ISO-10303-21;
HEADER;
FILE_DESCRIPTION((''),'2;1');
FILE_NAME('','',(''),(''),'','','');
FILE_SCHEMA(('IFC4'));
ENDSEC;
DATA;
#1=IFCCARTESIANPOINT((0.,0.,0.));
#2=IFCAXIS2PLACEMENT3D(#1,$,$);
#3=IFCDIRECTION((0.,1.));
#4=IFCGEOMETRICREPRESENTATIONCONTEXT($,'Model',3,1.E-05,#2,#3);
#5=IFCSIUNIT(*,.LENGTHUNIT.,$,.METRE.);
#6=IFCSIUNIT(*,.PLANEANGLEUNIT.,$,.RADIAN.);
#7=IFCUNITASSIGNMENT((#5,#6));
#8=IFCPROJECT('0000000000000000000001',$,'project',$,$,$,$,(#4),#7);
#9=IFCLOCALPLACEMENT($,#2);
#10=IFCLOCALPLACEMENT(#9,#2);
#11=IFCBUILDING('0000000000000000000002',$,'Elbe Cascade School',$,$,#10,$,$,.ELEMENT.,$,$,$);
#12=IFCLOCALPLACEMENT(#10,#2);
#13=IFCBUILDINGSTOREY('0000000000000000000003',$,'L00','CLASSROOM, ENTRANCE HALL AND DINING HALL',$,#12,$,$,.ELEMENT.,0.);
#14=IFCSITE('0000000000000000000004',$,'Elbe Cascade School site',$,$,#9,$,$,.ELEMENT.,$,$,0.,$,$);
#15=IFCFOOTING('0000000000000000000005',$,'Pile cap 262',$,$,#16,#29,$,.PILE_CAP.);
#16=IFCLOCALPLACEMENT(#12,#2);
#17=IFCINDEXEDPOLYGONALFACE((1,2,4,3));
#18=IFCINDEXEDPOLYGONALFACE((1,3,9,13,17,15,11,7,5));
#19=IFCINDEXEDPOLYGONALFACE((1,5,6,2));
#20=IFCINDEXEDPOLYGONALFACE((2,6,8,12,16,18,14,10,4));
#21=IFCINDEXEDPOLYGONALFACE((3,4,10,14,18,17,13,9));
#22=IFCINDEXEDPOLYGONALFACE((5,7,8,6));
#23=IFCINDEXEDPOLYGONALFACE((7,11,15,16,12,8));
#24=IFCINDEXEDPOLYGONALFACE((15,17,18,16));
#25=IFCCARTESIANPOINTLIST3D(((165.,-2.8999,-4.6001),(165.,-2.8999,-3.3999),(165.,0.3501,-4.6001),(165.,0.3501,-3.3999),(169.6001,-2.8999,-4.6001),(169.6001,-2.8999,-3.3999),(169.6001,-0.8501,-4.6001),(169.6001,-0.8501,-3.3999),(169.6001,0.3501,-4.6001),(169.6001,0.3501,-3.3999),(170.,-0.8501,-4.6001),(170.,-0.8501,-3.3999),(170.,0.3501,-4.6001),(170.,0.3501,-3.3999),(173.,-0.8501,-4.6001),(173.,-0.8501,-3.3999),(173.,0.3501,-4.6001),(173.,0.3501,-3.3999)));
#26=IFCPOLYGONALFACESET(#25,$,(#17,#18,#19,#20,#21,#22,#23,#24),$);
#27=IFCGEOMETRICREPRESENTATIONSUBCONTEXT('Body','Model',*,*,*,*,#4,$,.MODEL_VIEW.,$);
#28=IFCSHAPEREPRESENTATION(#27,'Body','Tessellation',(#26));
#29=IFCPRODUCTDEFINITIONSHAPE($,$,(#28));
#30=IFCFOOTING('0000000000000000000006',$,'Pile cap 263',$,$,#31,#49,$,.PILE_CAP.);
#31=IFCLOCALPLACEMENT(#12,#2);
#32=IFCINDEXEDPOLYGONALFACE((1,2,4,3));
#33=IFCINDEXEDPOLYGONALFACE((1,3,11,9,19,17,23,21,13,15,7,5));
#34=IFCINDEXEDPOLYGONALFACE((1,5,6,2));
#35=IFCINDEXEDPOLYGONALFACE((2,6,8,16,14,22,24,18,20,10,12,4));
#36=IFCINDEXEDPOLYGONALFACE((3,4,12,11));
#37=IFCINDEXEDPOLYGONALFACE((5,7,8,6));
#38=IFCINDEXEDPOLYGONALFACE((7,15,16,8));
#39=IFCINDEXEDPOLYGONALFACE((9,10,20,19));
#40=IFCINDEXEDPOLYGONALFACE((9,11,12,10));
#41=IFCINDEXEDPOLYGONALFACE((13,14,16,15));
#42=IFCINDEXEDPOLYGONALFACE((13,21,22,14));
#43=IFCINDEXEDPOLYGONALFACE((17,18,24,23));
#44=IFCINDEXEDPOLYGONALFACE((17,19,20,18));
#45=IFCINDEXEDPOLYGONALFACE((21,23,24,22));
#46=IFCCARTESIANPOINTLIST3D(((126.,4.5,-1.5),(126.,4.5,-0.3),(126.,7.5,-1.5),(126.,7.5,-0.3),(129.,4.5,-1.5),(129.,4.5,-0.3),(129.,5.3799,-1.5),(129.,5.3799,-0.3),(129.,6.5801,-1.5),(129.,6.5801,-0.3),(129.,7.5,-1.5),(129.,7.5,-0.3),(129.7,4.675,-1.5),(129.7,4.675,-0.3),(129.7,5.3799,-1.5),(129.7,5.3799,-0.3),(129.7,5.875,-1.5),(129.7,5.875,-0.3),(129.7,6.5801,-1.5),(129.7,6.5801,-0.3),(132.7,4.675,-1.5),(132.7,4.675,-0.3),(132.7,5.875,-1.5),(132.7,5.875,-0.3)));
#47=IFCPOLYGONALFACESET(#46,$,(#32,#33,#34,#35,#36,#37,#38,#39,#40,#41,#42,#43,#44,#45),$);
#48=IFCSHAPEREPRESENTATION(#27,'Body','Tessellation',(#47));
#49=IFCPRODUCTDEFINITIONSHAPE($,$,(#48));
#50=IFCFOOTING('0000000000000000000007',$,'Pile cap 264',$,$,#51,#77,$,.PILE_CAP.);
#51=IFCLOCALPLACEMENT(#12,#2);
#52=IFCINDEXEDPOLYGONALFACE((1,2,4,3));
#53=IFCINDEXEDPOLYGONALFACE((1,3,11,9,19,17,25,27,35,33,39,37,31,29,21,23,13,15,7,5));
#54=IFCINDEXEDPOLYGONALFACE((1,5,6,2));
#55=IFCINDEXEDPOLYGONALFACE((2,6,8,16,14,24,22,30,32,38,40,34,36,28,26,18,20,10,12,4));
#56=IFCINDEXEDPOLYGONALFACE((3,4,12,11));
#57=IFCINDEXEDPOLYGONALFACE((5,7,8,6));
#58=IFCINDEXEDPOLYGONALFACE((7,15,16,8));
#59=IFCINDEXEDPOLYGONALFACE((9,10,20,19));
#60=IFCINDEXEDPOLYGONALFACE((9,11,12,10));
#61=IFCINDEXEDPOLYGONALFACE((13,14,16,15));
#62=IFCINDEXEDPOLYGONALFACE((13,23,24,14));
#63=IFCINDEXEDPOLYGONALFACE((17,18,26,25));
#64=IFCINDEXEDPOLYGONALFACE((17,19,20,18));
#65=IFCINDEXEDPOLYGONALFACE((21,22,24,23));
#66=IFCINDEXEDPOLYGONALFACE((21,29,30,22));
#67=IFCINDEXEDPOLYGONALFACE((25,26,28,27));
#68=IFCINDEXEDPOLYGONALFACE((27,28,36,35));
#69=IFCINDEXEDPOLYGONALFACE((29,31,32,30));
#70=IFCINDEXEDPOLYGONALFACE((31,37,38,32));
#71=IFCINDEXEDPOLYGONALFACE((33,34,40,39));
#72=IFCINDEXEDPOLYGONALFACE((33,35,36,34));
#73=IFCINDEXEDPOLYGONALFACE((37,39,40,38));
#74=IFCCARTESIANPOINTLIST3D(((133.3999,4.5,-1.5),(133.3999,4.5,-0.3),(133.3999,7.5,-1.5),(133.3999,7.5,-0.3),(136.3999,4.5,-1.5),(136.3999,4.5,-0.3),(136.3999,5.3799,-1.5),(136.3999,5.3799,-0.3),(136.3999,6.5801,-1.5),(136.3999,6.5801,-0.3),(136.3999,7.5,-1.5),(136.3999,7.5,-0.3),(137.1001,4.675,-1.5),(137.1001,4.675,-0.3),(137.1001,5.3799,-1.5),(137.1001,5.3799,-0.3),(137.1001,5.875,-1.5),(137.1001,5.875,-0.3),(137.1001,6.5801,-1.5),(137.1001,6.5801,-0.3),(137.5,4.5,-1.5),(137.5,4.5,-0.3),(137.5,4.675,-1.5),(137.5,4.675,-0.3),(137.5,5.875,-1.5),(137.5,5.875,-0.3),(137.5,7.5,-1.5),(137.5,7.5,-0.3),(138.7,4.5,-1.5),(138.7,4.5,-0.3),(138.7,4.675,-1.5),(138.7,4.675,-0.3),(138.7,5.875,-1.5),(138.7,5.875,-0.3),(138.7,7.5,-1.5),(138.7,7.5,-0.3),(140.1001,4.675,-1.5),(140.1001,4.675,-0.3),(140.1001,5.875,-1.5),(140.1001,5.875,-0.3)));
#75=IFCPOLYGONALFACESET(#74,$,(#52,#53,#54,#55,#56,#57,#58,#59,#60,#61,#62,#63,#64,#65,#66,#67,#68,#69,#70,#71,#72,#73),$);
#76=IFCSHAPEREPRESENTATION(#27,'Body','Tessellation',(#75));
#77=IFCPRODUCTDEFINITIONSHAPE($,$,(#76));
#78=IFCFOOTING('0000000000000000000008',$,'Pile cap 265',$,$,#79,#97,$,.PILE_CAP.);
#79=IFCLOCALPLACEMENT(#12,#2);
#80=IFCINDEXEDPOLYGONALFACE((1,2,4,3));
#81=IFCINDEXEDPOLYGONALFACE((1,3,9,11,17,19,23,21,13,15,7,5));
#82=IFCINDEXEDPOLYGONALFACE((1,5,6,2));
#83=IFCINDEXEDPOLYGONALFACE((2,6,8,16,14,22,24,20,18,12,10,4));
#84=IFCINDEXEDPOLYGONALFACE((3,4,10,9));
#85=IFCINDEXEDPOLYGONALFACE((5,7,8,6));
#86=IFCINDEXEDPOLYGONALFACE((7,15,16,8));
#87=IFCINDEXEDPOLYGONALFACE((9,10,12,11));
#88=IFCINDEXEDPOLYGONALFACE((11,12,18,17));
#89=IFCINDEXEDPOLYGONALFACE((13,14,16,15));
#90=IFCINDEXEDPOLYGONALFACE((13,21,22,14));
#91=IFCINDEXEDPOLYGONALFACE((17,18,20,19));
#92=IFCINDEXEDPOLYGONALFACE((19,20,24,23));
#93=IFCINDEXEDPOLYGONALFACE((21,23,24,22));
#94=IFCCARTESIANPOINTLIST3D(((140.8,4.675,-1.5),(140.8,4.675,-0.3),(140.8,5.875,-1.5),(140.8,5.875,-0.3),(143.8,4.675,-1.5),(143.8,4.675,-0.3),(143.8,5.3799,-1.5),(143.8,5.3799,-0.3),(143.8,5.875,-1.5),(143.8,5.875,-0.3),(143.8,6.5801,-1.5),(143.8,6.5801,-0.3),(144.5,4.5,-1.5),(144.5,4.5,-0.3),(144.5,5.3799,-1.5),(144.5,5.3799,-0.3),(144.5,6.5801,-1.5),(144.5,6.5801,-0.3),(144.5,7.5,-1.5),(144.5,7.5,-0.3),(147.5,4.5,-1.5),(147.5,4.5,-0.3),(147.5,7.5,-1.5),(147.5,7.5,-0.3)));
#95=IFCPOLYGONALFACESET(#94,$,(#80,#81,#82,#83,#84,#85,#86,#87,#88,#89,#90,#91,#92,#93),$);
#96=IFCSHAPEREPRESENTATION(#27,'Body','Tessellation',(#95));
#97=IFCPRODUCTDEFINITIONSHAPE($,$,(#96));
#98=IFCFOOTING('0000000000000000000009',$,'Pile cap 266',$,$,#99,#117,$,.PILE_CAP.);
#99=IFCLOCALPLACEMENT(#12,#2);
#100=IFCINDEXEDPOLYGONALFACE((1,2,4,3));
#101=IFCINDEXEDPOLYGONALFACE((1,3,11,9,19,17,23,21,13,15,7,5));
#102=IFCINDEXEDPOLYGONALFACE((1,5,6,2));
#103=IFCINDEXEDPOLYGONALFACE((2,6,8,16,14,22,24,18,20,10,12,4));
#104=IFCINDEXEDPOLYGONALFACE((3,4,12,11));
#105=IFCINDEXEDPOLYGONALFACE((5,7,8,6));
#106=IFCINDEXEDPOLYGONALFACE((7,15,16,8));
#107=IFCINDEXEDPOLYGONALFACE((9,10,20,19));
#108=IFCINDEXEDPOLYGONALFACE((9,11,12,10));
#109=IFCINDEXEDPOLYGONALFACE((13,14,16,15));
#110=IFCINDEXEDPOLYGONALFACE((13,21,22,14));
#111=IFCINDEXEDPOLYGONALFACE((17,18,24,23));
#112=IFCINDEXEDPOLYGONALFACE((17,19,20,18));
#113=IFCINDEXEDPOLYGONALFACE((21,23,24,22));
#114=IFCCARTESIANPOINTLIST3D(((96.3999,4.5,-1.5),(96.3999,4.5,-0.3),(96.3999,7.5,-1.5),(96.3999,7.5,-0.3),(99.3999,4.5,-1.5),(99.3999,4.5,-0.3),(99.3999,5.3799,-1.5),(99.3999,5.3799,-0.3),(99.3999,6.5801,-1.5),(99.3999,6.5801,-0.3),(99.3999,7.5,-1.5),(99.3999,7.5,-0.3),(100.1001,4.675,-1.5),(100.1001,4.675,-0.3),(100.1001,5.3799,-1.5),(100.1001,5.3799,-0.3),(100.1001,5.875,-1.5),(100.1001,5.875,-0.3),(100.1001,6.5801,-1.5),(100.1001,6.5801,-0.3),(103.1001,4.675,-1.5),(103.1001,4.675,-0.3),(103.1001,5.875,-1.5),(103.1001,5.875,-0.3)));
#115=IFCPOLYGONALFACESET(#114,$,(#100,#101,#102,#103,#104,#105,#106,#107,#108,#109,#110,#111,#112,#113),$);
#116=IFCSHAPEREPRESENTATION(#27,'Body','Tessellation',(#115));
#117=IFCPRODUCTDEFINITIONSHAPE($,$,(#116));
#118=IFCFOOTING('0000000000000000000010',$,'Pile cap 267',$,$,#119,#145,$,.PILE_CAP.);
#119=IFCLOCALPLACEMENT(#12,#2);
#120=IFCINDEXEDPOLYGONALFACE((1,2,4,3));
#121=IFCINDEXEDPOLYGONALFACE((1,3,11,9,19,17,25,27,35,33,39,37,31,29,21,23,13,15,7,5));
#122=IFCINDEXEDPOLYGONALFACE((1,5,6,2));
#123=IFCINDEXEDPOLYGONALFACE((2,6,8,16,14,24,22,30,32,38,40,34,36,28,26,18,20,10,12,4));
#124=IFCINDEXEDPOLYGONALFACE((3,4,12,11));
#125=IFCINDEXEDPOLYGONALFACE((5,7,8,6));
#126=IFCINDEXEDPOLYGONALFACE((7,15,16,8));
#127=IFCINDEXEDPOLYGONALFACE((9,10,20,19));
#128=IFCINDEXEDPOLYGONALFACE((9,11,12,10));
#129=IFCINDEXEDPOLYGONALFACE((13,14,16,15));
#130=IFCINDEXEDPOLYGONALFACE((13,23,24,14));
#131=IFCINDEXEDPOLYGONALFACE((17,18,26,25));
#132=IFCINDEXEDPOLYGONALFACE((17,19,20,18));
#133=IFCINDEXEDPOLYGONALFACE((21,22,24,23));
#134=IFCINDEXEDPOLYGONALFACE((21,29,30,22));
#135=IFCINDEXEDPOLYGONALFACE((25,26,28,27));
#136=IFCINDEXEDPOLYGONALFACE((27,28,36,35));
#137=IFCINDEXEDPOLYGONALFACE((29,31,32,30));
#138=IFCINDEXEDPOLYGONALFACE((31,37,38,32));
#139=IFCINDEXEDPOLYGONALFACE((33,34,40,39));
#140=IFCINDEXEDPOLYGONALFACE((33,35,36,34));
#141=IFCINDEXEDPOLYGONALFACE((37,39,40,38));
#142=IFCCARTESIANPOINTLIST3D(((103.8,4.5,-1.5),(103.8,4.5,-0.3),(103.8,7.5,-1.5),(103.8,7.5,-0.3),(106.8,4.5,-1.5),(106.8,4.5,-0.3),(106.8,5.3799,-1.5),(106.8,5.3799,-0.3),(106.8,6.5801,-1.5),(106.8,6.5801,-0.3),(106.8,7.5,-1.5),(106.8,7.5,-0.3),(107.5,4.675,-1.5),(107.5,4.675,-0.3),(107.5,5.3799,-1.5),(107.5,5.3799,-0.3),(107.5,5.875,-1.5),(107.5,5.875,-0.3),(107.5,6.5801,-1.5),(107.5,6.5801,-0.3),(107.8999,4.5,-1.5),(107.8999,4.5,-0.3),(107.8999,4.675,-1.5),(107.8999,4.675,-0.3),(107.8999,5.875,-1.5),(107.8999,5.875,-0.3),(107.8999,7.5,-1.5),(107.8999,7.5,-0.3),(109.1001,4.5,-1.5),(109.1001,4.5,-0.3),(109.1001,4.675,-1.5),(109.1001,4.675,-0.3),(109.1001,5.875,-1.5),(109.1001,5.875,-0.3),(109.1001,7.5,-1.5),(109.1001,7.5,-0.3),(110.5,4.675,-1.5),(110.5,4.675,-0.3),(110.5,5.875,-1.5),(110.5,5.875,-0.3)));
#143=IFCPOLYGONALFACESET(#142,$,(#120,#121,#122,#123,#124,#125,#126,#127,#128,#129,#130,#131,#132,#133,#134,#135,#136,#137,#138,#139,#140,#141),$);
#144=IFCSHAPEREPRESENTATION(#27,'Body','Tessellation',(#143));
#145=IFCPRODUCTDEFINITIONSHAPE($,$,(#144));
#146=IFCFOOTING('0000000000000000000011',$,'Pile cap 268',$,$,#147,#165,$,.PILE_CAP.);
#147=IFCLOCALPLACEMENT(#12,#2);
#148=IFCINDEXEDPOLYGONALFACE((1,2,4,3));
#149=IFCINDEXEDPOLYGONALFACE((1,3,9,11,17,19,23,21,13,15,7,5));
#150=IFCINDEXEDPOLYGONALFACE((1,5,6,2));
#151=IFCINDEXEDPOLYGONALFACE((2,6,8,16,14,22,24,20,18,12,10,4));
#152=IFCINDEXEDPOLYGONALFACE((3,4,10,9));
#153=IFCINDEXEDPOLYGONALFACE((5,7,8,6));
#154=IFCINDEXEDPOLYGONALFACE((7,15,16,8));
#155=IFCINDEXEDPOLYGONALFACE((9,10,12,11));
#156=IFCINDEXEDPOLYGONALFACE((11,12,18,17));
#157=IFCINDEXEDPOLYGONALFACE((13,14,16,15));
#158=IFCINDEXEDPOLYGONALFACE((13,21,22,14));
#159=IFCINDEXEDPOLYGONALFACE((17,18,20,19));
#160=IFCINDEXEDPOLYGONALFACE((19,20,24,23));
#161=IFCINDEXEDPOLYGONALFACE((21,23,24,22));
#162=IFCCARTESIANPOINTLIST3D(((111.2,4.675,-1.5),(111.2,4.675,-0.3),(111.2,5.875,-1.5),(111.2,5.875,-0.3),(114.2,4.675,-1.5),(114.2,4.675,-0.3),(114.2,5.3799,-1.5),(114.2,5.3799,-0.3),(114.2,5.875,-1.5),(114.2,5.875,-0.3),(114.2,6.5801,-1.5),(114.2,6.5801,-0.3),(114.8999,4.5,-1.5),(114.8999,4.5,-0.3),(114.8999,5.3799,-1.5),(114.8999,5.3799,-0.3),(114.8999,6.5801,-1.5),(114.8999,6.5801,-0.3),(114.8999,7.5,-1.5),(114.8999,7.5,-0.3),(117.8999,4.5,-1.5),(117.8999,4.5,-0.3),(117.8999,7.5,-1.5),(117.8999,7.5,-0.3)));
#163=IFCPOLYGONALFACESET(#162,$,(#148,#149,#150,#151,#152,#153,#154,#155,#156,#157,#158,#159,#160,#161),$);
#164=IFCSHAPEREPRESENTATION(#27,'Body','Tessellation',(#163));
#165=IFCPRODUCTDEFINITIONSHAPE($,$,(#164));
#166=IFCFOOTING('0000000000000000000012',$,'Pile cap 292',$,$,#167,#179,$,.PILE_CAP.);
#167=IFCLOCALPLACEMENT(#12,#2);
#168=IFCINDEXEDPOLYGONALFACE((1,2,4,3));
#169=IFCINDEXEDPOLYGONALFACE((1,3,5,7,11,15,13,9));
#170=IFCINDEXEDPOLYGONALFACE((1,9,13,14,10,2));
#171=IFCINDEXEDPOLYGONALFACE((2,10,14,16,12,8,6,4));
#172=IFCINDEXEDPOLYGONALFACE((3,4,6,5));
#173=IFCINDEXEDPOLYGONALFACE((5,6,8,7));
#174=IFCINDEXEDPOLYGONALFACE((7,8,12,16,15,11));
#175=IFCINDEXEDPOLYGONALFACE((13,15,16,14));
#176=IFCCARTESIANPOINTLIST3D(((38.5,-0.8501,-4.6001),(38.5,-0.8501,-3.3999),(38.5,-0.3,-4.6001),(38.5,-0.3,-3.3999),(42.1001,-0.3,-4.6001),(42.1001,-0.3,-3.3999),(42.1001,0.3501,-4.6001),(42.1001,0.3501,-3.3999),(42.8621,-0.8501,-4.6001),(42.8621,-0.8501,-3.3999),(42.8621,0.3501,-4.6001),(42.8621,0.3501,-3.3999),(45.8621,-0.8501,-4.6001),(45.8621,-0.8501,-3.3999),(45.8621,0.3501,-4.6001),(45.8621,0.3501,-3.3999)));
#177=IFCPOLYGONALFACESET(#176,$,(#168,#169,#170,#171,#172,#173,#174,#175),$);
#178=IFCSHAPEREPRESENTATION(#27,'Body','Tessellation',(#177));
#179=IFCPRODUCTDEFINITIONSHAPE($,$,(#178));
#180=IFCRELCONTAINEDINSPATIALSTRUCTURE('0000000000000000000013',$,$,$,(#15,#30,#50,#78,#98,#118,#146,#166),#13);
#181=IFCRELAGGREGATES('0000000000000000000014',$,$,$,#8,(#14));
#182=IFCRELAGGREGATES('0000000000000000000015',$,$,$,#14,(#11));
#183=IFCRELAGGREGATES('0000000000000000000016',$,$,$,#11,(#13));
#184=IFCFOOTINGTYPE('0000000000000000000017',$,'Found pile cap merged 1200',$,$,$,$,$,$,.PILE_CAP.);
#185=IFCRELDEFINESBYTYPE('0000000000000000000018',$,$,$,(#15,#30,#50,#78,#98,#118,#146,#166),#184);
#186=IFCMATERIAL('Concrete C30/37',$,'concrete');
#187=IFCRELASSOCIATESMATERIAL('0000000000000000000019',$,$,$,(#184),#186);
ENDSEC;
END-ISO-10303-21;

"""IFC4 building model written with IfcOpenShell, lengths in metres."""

from ifc_helpers import new_model, si_unit, direction, frame, origin, place, context, subcontext, project, spatial, polyline, outline, extrude, material, type_object, element, save


model = new_model("IFC4")

# Units and contexts
model_context = context("Model", 3, precision=1e-05, world=origin(), true_north=direction((0.0, 1.0)))
body_context = subcontext(model_context, "Body", "Model", "MODEL_VIEW")
ifc_project = project(units=[si_unit("LENGTHUNIT", "METRE"), si_unit("PLANEANGLEUNIT", "RADIAN")], contexts=[model_context])

# Site, building, storey
site_placement = place(None, origin())
site = spatial("IfcSite", under=ifc_project, at=site_placement, Name="Elbe Cascade School site", CompositionType="ELEMENT", RefElevation=0.0)
building_placement = place(site_placement, origin())
building = spatial("IfcBuilding", under=site, at=building_placement, Name="Elbe Cascade School", CompositionType="ELEMENT")
storey_placement = place(building_placement, origin())
storey = spatial("IfcBuildingStorey", under=building, at=storey_placement, Name="L00", Description="CLASSROOM, ENTRANCE HALL AND DINING HALL", CompositionType="ELEMENT", Elevation=0.0)

# Footings
ifc_material_1 = material(Name="Concrete C30/37", Category="concrete")
footing_type = type_object("IfcFootingType", Name="Found pile cap merged 1200", PredefinedType="PILE_CAP", material=ifc_material_1)
footing_1_placement = place(storey_placement, frame((0.0, 0.0, -4.6001)))
element("IfcFooting", 1, at=footing_1_placement, inside=storey, type_object=footing_type, Name="Pile cap 262", PredefinedType="PILE_CAP", context=body_context, shape_type="SweptSolid", body=[
    extrude(outline(polyline([(169.6001, -2.8999), (165.0, -2.8999), (165.0, 0.3501), (169.6001, 0.3501), (170.0, 0.3501), (173.0, 0.3501), (173.0, -0.8501), (170.0, -0.8501), (169.6001, -0.8501), (169.6001, -2.8999)])), origin(), (0.0, 0.0, 1.0), 1.2002),
])
footing_2_placement = place(storey_placement, frame((0.0, 0.0, -1.5)))
element("IfcFooting", 2, at=footing_2_placement, inside=storey, type_object=footing_type, Name="Pile cap 263", PredefinedType="PILE_CAP", context=body_context, shape_type="SweptSolid", body=[
    extrude(outline(polyline([(132.7, 5.875), (132.7, 4.675), (129.7, 4.675), (129.7, 5.3799), (129.0, 5.3799), (129.0, 4.5), (126.0, 4.5), (126.0, 7.5), (129.0, 7.5), (129.0, 6.5801), (129.7, 6.5801), (129.7, 5.875), (132.7, 5.875)])), origin(), (0.0, 0.0, 1.0), 1.2),
])
footing_3_placement = place(storey_placement, frame((0.0, 0.0, -1.5)))
element("IfcFooting", 3, at=footing_3_placement, inside=storey, type_object=footing_type, Name="Pile cap 264", PredefinedType="PILE_CAP", context=body_context, shape_type="SweptSolid", body=[
    extrude(outline(polyline([(137.1001, 5.875), (137.5, 5.875), (137.5, 7.5), (138.7, 7.5), (138.7, 5.875), (140.1001, 5.875), (140.1001, 4.675), (138.7, 4.675), (138.7, 4.5), (137.5, 4.5), (137.5, 4.675), (137.1001, 4.675), (137.1001, 5.3799), (136.3999, 5.3799), (136.3999, 4.5), (133.3999, 4.5), (133.3999, 7.5), (136.3999, 7.5), (136.3999, 6.5801), (137.1001, 6.5801), (137.1001, 5.875)])), origin(), (0.0, 0.0, 1.0), 1.2),
])
footing_4_placement = place(storey_placement, frame((0.0, 0.0, -1.5)))
element("IfcFooting", 4, at=footing_4_placement, inside=storey, type_object=footing_type, Name="Pile cap 265", PredefinedType="PILE_CAP", context=body_context, shape_type="SweptSolid", body=[
    extrude(outline(polyline([(143.8, 4.675), (140.8, 4.675), (140.8, 5.875), (143.8, 5.875), (143.8, 6.5801), (144.5, 6.5801), (144.5, 7.5), (147.5, 7.5), (147.5, 4.5), (144.5, 4.5), (144.5, 5.3799), (143.8, 5.3799), (143.8, 4.675)])), origin(), (0.0, 0.0, 1.0), 1.2),
])
footing_5_placement = place(storey_placement, frame((0.0, 0.0, -1.5)))
element("IfcFooting", 5, at=footing_5_placement, inside=storey, type_object=footing_type, Name="Pile cap 266", PredefinedType="PILE_CAP", context=body_context, shape_type="SweptSolid", body=[
    extrude(outline(polyline([(103.1001, 5.875), (103.1001, 4.675), (100.1001, 4.675), (100.1001, 5.3799), (99.3999, 5.3799), (99.3999, 4.5), (96.3999, 4.5), (96.3999, 7.5), (99.3999, 7.5), (99.3999, 6.5801), (100.1001, 6.5801), (100.1001, 5.875), (103.1001, 5.875)])), origin(), (0.0, 0.0, 1.0), 1.2),
])
footing_6_placement = place(storey_placement, frame((0.0, 0.0, -1.5)))
element("IfcFooting", 6, at=footing_6_placement, inside=storey, type_object=footing_type, Name="Pile cap 267", PredefinedType="PILE_CAP", context=body_context, shape_type="SweptSolid", body=[
    extrude(outline(polyline([(107.5, 5.875), (107.8999, 5.875), (107.8999, 7.5), (109.1001, 7.5), (109.1001, 5.875), (110.5, 5.875), (110.5, 4.675), (109.1001, 4.675), (109.1001, 4.5), (107.8999, 4.5), (107.8999, 4.675), (107.5, 4.675), (107.5, 5.3799), (106.8, 5.3799), (106.8, 4.5), (103.8, 4.5), (103.8, 7.5), (106.8, 7.5), (106.8, 6.5801), (107.5, 6.5801), (107.5, 5.875)])), origin(), (0.0, 0.0, 1.0), 1.2),
])
footing_7_placement = place(storey_placement, frame((0.0, 0.0, -1.5)))
element("IfcFooting", 7, at=footing_7_placement, inside=storey, type_object=footing_type, Name="Pile cap 268", PredefinedType="PILE_CAP", context=body_context, shape_type="SweptSolid", body=[
    extrude(outline(polyline([(114.2, 4.675), (111.2, 4.675), (111.2, 5.875), (114.2, 5.875), (114.2, 6.5801), (114.8999, 6.5801), (114.8999, 7.5), (117.8999, 7.5), (117.8999, 4.5), (114.8999, 4.5), (114.8999, 5.3799), (114.2, 5.3799), (114.2, 4.675)])), origin(), (0.0, 0.0, 1.0), 1.2),
])
footing_8_placement = place(storey_placement, frame((0.0, 0.0, -4.6001)))
element("IfcFooting", 8, at=footing_8_placement, inside=storey, type_object=footing_type, Name="Pile cap 292", PredefinedType="PILE_CAP", context=body_context, shape_type="SweptSolid", body=[
    extrude(outline(polyline([(38.5, -0.3), (42.1001, -0.3), (42.1001, 0.3501), (42.8621, 0.3501), (45.8621, 0.3501), (45.8621, -0.8501), (42.8621, -0.8501), (38.5, -0.8501), (38.5, -0.3)])), origin(), (0.0, 0.0, 1.0), 1.2002),
])

save(model, "model.ifc")
